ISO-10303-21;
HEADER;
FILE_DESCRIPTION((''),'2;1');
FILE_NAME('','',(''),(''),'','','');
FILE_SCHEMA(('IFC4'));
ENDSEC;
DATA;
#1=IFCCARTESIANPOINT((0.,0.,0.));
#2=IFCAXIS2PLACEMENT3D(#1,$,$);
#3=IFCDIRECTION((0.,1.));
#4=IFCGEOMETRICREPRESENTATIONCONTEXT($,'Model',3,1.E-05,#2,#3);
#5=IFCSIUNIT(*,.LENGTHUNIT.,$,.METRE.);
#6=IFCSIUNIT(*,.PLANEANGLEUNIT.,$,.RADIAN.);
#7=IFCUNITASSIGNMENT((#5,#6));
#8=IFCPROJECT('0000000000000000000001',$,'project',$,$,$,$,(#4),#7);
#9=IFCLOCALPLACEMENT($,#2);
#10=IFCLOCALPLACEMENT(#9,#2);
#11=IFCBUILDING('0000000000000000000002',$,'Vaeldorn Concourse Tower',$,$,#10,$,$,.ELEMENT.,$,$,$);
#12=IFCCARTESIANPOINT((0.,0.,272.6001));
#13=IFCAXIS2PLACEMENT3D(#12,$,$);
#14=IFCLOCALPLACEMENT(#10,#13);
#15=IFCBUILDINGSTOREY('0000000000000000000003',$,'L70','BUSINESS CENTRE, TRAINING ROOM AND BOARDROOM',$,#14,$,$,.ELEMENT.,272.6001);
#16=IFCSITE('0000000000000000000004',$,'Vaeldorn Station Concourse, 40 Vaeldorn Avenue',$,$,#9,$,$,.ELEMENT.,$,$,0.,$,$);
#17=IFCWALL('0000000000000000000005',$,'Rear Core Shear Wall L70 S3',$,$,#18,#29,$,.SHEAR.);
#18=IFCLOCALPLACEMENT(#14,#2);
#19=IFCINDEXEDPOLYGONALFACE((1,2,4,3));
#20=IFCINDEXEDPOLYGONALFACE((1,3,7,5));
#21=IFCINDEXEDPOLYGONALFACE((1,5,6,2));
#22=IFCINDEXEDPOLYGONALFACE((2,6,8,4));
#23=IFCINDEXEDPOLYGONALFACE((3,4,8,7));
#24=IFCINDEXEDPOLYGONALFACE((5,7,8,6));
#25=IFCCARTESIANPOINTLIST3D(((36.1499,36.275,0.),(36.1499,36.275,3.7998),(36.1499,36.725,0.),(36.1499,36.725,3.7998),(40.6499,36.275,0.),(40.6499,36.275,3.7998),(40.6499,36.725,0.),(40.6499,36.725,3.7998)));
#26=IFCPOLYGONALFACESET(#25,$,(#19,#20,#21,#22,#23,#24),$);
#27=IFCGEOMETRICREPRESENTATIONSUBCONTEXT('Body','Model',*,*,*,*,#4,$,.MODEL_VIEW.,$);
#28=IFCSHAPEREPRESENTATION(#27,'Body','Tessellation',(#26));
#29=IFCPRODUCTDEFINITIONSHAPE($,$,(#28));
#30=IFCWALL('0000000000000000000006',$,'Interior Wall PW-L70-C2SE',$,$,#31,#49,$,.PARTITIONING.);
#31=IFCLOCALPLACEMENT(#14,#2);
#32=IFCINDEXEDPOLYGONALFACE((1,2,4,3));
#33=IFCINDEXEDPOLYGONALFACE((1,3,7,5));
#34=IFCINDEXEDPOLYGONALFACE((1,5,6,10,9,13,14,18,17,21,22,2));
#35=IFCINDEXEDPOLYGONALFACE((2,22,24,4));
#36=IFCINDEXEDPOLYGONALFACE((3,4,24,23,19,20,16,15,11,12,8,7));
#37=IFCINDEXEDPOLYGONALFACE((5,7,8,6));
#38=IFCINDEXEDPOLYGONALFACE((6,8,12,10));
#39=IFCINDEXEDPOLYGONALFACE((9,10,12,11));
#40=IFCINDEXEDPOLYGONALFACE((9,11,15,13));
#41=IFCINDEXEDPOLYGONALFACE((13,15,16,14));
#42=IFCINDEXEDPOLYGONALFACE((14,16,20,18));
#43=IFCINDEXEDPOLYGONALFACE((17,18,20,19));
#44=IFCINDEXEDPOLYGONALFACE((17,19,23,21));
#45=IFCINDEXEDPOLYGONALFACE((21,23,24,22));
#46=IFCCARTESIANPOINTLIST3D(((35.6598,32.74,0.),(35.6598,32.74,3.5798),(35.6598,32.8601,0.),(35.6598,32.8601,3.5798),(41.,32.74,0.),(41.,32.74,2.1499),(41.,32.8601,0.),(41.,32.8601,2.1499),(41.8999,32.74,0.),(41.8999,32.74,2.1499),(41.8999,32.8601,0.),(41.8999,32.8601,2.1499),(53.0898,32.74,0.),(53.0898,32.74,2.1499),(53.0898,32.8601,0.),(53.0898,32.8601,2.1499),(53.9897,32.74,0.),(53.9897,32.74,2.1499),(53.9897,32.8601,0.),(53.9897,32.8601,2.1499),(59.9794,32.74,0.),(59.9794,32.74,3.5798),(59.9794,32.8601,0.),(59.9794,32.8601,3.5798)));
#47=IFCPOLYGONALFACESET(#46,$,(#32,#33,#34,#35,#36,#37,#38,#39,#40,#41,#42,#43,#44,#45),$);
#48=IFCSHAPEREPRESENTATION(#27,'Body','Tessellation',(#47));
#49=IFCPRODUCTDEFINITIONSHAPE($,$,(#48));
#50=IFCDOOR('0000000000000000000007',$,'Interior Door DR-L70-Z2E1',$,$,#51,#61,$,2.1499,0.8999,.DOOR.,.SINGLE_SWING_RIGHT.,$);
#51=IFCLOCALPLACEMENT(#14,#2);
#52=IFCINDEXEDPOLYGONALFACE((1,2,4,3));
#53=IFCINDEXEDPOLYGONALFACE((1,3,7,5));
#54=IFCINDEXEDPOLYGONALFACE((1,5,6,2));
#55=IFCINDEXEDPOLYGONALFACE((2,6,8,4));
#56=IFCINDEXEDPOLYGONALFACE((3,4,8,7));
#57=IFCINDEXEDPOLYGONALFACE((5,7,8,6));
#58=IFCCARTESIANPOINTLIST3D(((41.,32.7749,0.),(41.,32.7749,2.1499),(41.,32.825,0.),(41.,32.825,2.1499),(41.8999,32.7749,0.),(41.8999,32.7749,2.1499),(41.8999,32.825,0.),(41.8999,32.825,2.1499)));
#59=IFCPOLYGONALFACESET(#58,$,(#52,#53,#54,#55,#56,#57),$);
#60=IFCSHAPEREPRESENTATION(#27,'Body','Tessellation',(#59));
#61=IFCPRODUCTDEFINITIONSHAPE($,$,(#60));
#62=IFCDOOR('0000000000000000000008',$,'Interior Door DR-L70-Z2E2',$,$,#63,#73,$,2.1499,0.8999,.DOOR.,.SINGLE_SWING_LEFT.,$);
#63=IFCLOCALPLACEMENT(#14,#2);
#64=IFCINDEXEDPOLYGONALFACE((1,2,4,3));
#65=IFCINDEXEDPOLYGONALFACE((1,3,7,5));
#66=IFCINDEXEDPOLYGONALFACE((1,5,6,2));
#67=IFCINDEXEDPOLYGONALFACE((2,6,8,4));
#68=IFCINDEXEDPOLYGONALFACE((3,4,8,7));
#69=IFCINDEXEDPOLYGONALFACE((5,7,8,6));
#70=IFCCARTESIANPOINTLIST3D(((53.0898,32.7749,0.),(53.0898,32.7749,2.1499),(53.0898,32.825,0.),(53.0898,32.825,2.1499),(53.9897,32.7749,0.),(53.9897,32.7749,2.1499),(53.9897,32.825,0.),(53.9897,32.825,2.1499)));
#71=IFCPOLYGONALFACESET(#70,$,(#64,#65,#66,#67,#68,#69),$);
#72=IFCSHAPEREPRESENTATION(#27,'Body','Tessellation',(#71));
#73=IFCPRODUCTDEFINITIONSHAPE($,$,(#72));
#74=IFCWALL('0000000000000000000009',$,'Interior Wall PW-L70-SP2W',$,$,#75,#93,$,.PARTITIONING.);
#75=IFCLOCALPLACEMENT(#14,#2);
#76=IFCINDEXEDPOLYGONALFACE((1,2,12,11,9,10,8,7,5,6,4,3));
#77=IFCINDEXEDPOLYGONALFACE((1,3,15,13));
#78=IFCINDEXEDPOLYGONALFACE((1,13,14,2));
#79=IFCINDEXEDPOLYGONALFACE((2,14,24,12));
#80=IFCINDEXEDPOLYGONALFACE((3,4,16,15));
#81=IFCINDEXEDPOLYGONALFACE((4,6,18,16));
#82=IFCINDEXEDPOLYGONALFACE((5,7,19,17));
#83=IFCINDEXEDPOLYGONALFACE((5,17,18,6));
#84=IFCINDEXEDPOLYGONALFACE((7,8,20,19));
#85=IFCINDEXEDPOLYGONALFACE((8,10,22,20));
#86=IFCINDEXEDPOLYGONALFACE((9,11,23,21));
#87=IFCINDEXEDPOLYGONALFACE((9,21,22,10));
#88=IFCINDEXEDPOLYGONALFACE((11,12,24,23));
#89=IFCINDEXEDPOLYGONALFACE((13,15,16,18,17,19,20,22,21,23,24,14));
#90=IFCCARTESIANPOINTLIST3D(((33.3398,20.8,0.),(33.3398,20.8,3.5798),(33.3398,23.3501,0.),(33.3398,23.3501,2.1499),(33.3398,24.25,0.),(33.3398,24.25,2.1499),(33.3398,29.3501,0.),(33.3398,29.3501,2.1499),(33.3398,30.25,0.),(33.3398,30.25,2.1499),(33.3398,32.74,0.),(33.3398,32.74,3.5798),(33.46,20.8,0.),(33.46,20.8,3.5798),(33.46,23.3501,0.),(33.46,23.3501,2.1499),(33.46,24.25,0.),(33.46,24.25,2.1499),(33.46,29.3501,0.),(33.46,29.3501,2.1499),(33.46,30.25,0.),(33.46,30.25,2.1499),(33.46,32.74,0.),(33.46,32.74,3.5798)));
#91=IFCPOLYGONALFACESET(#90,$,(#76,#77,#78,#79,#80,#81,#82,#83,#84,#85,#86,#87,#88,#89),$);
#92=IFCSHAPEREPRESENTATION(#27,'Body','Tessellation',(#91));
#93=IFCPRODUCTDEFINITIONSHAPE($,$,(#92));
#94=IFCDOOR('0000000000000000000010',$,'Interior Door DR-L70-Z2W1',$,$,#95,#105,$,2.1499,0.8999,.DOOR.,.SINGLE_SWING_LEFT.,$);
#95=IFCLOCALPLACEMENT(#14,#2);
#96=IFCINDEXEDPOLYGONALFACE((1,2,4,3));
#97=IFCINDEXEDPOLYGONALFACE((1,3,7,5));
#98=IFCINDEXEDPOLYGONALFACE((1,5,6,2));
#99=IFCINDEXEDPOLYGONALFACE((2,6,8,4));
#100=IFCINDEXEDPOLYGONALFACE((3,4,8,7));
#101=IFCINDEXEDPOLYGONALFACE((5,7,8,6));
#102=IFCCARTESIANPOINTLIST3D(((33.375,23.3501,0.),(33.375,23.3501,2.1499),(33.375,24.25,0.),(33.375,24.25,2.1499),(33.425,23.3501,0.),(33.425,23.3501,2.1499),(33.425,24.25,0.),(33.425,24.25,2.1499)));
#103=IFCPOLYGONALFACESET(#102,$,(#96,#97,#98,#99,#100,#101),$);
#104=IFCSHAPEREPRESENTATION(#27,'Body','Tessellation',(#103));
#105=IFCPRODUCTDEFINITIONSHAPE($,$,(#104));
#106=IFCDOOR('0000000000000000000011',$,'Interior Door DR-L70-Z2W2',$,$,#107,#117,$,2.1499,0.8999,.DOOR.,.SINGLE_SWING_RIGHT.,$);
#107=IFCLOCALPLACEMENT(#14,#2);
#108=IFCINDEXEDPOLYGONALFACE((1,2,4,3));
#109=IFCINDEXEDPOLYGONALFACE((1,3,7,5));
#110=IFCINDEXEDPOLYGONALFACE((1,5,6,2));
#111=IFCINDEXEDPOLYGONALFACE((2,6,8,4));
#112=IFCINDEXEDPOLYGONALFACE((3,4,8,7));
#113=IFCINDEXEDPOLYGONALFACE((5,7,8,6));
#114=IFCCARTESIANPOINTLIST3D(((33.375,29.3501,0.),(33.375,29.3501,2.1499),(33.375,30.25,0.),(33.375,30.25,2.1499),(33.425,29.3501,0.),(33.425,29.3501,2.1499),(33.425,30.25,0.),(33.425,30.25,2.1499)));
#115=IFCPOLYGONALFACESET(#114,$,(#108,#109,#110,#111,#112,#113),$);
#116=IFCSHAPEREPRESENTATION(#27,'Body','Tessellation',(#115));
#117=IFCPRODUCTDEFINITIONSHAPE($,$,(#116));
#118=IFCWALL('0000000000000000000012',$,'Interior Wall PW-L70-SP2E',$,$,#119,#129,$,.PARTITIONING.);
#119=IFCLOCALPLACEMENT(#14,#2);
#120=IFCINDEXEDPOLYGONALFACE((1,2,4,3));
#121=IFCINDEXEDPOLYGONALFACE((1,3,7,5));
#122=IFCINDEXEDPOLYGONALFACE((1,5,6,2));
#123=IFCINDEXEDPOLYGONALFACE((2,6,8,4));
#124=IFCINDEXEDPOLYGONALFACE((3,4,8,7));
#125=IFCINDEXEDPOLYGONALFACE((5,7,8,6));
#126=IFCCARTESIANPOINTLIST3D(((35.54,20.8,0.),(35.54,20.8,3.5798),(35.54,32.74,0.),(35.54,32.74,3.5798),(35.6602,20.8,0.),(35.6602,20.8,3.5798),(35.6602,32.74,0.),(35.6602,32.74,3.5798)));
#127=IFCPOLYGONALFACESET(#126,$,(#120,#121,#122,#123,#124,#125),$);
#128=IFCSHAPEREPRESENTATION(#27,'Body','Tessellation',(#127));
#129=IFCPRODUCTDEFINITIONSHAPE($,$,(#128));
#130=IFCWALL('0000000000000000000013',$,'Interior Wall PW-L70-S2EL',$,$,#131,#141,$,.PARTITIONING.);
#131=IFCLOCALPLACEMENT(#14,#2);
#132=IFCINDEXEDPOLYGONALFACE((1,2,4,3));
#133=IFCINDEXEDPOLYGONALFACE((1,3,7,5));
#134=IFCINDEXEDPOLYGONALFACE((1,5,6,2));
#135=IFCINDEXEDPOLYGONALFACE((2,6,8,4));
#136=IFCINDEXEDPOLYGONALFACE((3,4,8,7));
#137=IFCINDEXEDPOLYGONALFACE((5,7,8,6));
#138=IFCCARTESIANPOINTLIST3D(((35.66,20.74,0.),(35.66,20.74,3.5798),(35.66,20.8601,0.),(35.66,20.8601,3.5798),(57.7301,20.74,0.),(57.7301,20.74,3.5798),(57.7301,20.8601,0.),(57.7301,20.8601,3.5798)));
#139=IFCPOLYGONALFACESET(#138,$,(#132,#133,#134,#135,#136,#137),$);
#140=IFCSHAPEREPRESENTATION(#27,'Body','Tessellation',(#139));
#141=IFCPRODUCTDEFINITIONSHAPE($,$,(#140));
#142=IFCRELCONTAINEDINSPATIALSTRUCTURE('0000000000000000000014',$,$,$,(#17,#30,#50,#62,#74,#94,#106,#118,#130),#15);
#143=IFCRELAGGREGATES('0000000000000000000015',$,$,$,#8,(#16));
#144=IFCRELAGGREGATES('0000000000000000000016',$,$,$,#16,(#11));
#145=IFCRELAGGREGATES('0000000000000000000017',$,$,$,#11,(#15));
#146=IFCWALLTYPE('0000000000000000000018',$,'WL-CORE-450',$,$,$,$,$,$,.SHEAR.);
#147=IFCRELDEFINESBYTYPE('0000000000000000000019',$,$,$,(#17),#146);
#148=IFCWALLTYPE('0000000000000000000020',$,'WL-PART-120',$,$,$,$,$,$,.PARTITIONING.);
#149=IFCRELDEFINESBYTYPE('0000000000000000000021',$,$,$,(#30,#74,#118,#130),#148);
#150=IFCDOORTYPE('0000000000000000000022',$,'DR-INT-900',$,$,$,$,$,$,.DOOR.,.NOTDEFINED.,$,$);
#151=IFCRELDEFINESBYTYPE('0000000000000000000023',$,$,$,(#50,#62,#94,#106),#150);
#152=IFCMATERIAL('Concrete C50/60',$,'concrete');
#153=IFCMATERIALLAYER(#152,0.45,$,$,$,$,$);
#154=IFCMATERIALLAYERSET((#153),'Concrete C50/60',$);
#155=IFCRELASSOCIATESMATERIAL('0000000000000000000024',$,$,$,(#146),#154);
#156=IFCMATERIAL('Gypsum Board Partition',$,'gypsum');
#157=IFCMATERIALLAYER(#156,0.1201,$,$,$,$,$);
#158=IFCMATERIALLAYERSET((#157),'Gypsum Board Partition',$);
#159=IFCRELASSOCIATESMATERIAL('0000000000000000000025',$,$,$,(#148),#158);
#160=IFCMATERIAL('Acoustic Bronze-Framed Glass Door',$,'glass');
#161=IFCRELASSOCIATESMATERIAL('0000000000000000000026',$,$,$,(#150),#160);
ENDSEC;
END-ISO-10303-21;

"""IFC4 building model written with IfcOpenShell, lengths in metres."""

from ifc_helpers import new_model, si_unit, direction, frame, frame_2d, origin, place, context, subcontext, project, spatial, rectangle, extrude, source, transform, mapped, material, layer, layer_set, type_object, element, fill, save


model = new_model("IFC4")

# Units and contexts
model_context = context("Model", 3, precision=1e-05, world=origin(), true_north=direction((0.0, 1.0)))
body_context = subcontext(model_context, "Body", "Model", "MODEL_VIEW")
ifc_project = project(units=[si_unit("LENGTHUNIT", "METRE"), si_unit("PLANEANGLEUNIT", "RADIAN")], contexts=[model_context])

# Site, building, storey
site_placement = place(None, origin())
site = spatial("IfcSite", under=ifc_project, at=site_placement, Name="Vaeldorn Station Concourse, 40 Vaeldorn Avenue", CompositionType="ELEMENT", RefElevation=0.0)
building_placement = place(site_placement, origin())
building = spatial("IfcBuilding", under=site, at=building_placement, Name="Vaeldorn Concourse Tower", CompositionType="ELEMENT")
storey_placement = place(building_placement, frame((0.0, 0.0, 272.6001)))
storey = spatial("IfcBuildingStorey", under=building, at=storey_placement, Name="L70", Description="BUSINESS CENTRE, TRAINING ROOM AND BOARDROOM", CompositionType="ELEMENT", Elevation=272.6001)

# Wall
ifc_material_1 = material(Name="Concrete C50/60", Category="concrete")
ifc_layer_1 = layer(ifc_material_1, 0.45)
ifc_layer_set_1 = layer_set([ifc_layer_1], Name="Concrete C50/60")
wall_type_1 = type_object("IfcWallType", Name="WL-CORE-450", PredefinedType="SHEAR", material=ifc_layer_set_1)
wall_1_placement = place(storey_placement, frame((36.1499, 36.5, 0.0), z_axis=(0.0, 0.0, 1.0), x_axis=(1.0, 0.0, 0.0)))
element("IfcWall", 1, at=wall_1_placement, inside=storey, type_object=wall_type_1, Name="Rear Core Shear Wall L70 S3", PredefinedType="SHEAR", context=body_context, shape_type="SweptSolid", body=[
    extrude(rectangle(XDim=4.5, YDim=0.45, at=frame_2d((2.25, 0.0))), origin(), (0.0, 0.0, 1.0), 3.7998),
])

# Walls, openings, doors
ifc_material_2 = material(Name="Gypsum Board Partition", Category="gypsum")
ifc_layer_2 = layer(ifc_material_2, 0.1201)
ifc_layer_set_2 = layer_set([ifc_layer_2], Name="Gypsum Board Partition")
wall_type_2 = type_object("IfcWallType", Name="WL-PART-120", PredefinedType="PARTITIONING", material=ifc_layer_set_2)
wall_2_placement = place(storey_placement, frame((35.6599, 32.8, 0.0), z_axis=(0.0, 0.0, 1.0), x_axis=(1.0, 0.0, 0.0)))
wall_2 = element("IfcWall", 2, at=wall_2_placement, inside=storey, type_object=wall_type_2, Name="Interior Wall PW-L70-C2SE", PredefinedType="PARTITIONING", context=body_context, shape_type="SweptSolid", body=[
    extrude(rectangle(XDim=24.3196, YDim=0.1201, at=frame_2d((12.1597, 0.0))), origin(), (0.0, 0.0, 1.0), 3.5798),
])
opening_1_placement = place(wall_2_placement, frame((5.3401, 0.0, 0.0)))
opening_1 = element("IfcOpeningElement", 3, at=opening_1_placement, cuts=wall_2, PredefinedType="OPENING", context=body_context, shape_type="SweptSolid", body=[
    extrude(rectangle(XDim=0.8999, YDim=2.1499, at=frame_2d((0.45, 1.075))), frame((0.0, 0.0701, 0.0), z_axis=(0.0, -1.0, 0.0), x_axis=(1.0, 0.0, 0.0)), (0.0, 0.0, 1.0), 0.1401),
])
opening_2_placement = place(wall_2_placement, frame((17.4299, 0.0, 0.0)))
opening_2 = element("IfcOpeningElement", 4, at=opening_2_placement, cuts=wall_2, PredefinedType="OPENING", context=body_context, shape_type="SweptSolid", body=[
    extrude(rectangle(XDim=0.8999, YDim=2.1499, at=frame_2d((0.45, 1.075))), frame((0.0, 0.0701, 0.0), z_axis=(0.0, -1.0, 0.0), x_axis=(1.0, 0.0, 0.0)), (0.0, 0.0, 1.0), 0.1401),
])
ifc_material_3 = material(Name="Acoustic Bronze-Framed Glass Door", Category="glass")
door_type_1 = type_object("IfcDoorType", Name="DR-INT-900", OperationType="NOTDEFINED", PredefinedType="DOOR", material=ifc_material_3)
shared_shape_1 = source(origin(), body_context, "Body", "SweptSolid", [
    extrude(rectangle(XDim=0.8999, YDim=2.1499, at=frame_2d((0.45, 1.075))), frame((0.0, 0.0249, 0.0), z_axis=(0.0, -1.0, 0.0), x_axis=(1.0, 0.0, 0.0)), (0.0, 0.0, 1.0), 0.05),
])
door_1_placement = place(opening_1_placement, origin())
door_1 = element("IfcDoor", 5, at=door_1_placement, inside=storey, type_object=door_type_1, Name="Interior Door DR-L70-Z2E1", OperationType="SINGLE_SWING_RIGHT", OverallHeight=2.1499, OverallWidth=0.8999, PredefinedType="DOOR", context=body_context, shape_type="MappedRepresentation", body=[
    mapped(shared_shape_1, transform((0.0, 0.0, 0.0), scale=1.0)),
])
fill(opening_1, door_1)
door_2_placement = place(opening_2_placement, origin())
door_2 = element("IfcDoor", 6, at=door_2_placement, inside=storey, type_object=door_type_1, Name="Interior Door DR-L70-Z2E2", OperationType="SINGLE_SWING_LEFT", OverallHeight=2.1499, OverallWidth=0.8999, PredefinedType="DOOR", context=body_context, shape_type="MappedRepresentation", body=[
    mapped(shared_shape_1, transform((0.0, 0.0, 0.0), scale=1.0)),
])
fill(opening_2, door_2)
wall_3_placement = place(storey_placement, frame((33.3999, 20.8, 0.0), z_axis=(0.0, 0.0, 1.0), x_axis=(0.0, 1.0, 0.0)))
wall_3 = element("IfcWall", 7, at=wall_3_placement, inside=storey, type_object=wall_type_2, Name="Interior Wall PW-L70-SP2W", PredefinedType="PARTITIONING", context=body_context, shape_type="SweptSolid", body=[
    extrude(rectangle(XDim=11.9399, YDim=0.1201, at=frame_2d((5.97, 0.0))), origin(), (0.0, 0.0, 1.0), 3.5798),
])
opening_3_placement = place(wall_3_placement, frame((2.55, 0.0, 0.0)))
opening_3 = element("IfcOpeningElement", 8, at=opening_3_placement, cuts=wall_3, PredefinedType="OPENING", context=body_context, shape_type="SweptSolid", body=[
    extrude(rectangle(XDim=0.8999, YDim=2.1499, at=frame_2d((0.45, 1.075))), frame((0.0, 0.0701, 0.0), z_axis=(0.0, -1.0, 0.0), x_axis=(1.0, 0.0, 0.0)), (0.0, 0.0, 1.0), 0.1401),
])
opening_4_placement = place(wall_3_placement, frame((8.55, 0.0, 0.0)))
opening_4 = element("IfcOpeningElement", 9, at=opening_4_placement, cuts=wall_3, PredefinedType="OPENING", context=body_context, shape_type="SweptSolid", body=[
    extrude(rectangle(XDim=0.8999, YDim=2.1499, at=frame_2d((0.45, 1.075))), frame((0.0, 0.0701, 0.0), z_axis=(0.0, -1.0, 0.0), x_axis=(1.0, 0.0, 0.0)), (0.0, 0.0, 1.0), 0.1401),
])
door_3_placement = place(opening_3_placement, origin())
door_3 = element("IfcDoor", 10, at=door_3_placement, inside=storey, type_object=door_type_1, Name="Interior Door DR-L70-Z2W1", OperationType="SINGLE_SWING_LEFT", OverallHeight=2.1499, OverallWidth=0.8999, PredefinedType="DOOR", context=body_context, shape_type="MappedRepresentation", body=[
    mapped(shared_shape_1, transform((0.0, 0.0, 0.0), scale=1.0)),
])
fill(opening_3, door_3)
door_4_placement = place(opening_4_placement, origin())
door_4 = element("IfcDoor", 11, at=door_4_placement, inside=storey, type_object=door_type_1, Name="Interior Door DR-L70-Z2W2", OperationType="SINGLE_SWING_RIGHT", OverallHeight=2.1499, OverallWidth=0.8999, PredefinedType="DOOR", context=body_context, shape_type="MappedRepresentation", body=[
    mapped(shared_shape_1, transform((0.0, 0.0, 0.0), scale=1.0)),
])
fill(opening_4, door_4)

# Wall
wall_4_placement = place(storey_placement, frame((35.6001, 20.8, 0.0), z_axis=(0.0, 0.0, 1.0), x_axis=(0.0, 1.0, 0.0)))
element("IfcWall", 12, at=wall_4_placement, inside=storey, type_object=wall_type_2, Name="Interior Wall PW-L70-SP2E", PredefinedType="PARTITIONING", context=body_context, shape_type="SweptSolid", body=[
    extrude(rectangle(XDim=11.9399, YDim=0.1201, at=frame_2d((5.97, 0.0))), origin(), (0.0, 0.0, 1.0), 3.5798),
])

# Wall
wall_5_placement = place(storey_placement, frame((35.6599, 20.8, 0.0), z_axis=(0.0, 0.0, 1.0), x_axis=(1.0, 0.0, 0.0)))
element("IfcWall", 13, at=wall_5_placement, inside=storey, type_object=wall_type_2, Name="Interior Wall PW-L70-S2EL", PredefinedType="PARTITIONING", context=body_context, shape_type="SweptSolid", body=[
    extrude(rectangle(XDim=22.0701, YDim=0.1201, at=frame_2d((11.0352, 0.0))), origin(), (0.0, 0.0, 1.0), 3.5798),
])

save(model, "model.ifc")
